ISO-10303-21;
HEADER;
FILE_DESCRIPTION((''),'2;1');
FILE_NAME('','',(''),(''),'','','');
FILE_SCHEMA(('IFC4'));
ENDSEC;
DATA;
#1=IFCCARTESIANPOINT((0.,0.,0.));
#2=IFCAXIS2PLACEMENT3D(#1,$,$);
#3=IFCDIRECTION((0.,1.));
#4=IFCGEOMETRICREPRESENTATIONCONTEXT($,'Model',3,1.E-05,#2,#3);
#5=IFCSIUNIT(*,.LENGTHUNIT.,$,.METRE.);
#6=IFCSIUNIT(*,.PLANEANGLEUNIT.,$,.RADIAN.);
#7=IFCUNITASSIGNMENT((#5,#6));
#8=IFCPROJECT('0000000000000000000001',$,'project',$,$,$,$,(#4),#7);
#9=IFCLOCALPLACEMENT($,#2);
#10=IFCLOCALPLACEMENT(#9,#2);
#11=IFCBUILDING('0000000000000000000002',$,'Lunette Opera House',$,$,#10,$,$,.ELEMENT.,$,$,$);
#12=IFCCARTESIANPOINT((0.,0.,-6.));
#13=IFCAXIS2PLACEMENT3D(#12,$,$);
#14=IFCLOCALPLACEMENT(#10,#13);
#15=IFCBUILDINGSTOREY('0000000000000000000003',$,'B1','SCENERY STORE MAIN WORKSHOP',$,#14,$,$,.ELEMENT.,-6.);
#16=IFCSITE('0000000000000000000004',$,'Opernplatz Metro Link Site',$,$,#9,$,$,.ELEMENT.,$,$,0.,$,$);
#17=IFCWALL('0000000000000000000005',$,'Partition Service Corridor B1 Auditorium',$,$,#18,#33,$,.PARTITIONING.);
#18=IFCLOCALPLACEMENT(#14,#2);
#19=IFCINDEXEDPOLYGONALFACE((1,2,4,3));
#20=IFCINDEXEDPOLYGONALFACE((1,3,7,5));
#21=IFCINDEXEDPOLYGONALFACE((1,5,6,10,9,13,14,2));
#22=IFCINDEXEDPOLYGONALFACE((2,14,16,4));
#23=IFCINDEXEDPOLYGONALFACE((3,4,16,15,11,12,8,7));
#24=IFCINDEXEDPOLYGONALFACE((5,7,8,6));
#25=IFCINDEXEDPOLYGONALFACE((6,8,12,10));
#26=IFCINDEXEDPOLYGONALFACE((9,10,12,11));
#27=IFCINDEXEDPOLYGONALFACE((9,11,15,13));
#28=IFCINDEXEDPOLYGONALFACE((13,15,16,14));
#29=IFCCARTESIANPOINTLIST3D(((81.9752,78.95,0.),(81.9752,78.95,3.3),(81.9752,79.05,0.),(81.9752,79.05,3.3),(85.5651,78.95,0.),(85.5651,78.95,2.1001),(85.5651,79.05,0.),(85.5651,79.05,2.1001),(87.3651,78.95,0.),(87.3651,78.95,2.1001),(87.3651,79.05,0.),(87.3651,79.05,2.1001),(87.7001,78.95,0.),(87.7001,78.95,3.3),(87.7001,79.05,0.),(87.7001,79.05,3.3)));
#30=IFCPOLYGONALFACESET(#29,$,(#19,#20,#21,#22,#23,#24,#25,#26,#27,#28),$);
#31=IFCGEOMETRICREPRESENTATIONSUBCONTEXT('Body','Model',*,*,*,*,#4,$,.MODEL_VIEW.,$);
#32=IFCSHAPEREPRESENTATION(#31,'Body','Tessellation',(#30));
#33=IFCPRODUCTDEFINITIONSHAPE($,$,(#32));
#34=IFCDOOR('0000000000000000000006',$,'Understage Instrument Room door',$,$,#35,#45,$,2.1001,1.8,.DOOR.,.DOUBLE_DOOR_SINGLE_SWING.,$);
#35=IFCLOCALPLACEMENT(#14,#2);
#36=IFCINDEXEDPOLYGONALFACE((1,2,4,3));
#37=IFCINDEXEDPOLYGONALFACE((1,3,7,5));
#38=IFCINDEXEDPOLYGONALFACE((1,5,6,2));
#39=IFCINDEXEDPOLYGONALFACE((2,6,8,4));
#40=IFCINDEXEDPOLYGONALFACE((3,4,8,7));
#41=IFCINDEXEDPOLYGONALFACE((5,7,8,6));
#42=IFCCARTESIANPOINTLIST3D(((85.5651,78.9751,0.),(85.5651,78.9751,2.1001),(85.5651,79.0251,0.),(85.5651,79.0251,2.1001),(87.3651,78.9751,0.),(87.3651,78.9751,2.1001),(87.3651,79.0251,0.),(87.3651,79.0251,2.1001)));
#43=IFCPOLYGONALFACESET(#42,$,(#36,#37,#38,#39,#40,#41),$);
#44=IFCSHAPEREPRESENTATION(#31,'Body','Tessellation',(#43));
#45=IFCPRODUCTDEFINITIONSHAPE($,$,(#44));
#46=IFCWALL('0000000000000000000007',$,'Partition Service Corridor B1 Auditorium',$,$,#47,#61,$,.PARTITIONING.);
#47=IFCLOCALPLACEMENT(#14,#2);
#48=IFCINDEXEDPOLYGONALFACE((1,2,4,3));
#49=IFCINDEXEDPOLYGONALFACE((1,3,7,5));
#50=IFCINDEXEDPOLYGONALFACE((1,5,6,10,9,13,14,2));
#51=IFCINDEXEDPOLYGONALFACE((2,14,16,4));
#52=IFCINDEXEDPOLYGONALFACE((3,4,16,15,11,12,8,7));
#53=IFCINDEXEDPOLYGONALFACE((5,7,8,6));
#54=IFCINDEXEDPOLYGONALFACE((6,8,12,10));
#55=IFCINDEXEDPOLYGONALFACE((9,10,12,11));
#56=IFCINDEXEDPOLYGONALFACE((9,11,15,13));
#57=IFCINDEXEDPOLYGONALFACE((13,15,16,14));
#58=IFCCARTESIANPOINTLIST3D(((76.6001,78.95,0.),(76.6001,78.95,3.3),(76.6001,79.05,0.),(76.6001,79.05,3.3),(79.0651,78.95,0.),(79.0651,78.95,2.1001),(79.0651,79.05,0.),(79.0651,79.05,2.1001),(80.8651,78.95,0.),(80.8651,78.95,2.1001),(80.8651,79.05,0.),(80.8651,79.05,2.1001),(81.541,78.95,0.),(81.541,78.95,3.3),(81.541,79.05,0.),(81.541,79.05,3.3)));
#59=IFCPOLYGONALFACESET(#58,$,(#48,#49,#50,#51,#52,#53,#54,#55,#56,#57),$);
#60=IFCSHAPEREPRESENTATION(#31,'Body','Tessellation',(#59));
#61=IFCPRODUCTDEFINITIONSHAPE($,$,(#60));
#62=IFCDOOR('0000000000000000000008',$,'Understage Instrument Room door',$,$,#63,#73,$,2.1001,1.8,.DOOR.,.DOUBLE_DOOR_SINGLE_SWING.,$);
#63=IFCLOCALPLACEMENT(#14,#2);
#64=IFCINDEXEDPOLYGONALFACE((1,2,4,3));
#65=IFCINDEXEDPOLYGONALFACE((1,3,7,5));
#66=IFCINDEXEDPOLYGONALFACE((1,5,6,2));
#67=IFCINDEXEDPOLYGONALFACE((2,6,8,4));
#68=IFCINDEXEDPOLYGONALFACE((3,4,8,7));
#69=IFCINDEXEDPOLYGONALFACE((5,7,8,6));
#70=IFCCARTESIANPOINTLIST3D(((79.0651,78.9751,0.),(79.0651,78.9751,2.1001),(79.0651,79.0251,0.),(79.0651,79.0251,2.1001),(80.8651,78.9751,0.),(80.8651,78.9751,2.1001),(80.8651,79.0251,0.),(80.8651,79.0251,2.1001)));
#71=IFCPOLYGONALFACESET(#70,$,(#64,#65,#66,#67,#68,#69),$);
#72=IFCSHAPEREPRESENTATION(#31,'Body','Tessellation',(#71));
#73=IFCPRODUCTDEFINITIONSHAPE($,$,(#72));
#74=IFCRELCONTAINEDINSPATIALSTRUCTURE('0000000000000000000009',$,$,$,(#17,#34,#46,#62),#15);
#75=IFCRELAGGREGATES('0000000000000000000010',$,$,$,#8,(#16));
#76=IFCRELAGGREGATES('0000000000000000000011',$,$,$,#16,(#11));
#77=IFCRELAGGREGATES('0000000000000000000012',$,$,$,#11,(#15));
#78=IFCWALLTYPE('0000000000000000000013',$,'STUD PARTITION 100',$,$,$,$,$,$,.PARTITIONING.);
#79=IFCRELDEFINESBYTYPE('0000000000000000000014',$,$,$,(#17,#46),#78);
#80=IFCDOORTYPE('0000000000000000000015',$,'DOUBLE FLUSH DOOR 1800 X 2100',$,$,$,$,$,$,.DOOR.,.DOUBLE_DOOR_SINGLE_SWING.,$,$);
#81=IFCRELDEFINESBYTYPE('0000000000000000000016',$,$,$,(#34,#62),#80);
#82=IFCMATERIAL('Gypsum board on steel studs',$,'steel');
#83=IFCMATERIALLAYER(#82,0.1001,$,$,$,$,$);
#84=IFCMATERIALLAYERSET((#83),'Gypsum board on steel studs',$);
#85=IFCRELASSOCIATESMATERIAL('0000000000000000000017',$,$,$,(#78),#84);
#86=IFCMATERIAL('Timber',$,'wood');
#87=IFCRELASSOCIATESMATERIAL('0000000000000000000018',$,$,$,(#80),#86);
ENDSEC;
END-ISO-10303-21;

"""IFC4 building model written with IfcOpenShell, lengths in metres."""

from ifc_helpers import new_model, si_unit, direction, frame, frame_2d, origin, place, context, subcontext, project, spatial, rectangle, extrude, material, layer, layer_set, type_object, element, fill, save


model = new_model("IFC4")

# Units and contexts
model_context = context("Model", 3, precision=1e-05, world=origin(), true_north=direction((0.0, 1.0)))
body_context = subcontext(model_context, "Body", "Model", "MODEL_VIEW")
ifc_project = project(units=[si_unit("LENGTHUNIT", "METRE"), si_unit("PLANEANGLEUNIT", "RADIAN")], contexts=[model_context])

# Site, building, storey
site_placement = place(None, origin())
site = spatial("IfcSite", under=ifc_project, at=site_placement, Name="Opernplatz Metro Link Site", CompositionType="ELEMENT", RefElevation=0.0)
building_placement = place(site_placement, origin())
building = spatial("IfcBuilding", under=site, at=building_placement, Name="Lunette Opera House", CompositionType="ELEMENT")
storey_placement = place(building_placement, frame((0.0, 0.0, -6.0)))
storey = spatial("IfcBuildingStorey", under=building, at=storey_placement, Name="B1", Description="SCENERY STORE MAIN WORKSHOP", CompositionType="ELEMENT", Elevation=-6.0)

# Walls, openings, doors
ifc_material_1 = material(Name="Gypsum board on steel studs", Category="steel")
ifc_layer_1 = layer(ifc_material_1, 0.1001)
ifc_layer_set_1 = layer_set([ifc_layer_1], Name="Gypsum board on steel studs")
wall_type_1 = type_object("IfcWallType", Name="STUD PARTITION 100", PredefinedType="PARTITIONING", material=ifc_layer_set_1)
wall_1_placement = place(storey_placement, frame((87.7, 79.0, 0.0), z_axis=(0.0, 0.0, 1.0), x_axis=(-1.0, 0.0, 0.0)))
wall_1 = element("IfcWall", 1, at=wall_1_placement, inside=storey, type_object=wall_type_1, Name="Partition Service Corridor B1 Auditorium", PredefinedType="PARTITIONING", context=body_context, shape_type="SweptSolid", body=[
    extrude(rectangle(XDim=5.7249, YDim=0.1001, at=frame_2d((2.8623, 0.0))), origin(), (0.0, 0.0, 1.0), 3.3),
])
opening_1_placement = place(wall_1_placement, frame((0.335, 0.0, 0.0)))
opening_1 = element("IfcOpeningElement", 2, at=opening_1_placement, cuts=wall_1, PredefinedType="OPENING", context=body_context, shape_type="SweptSolid", body=[
    extrude(rectangle(XDim=1.8, YDim=2.1001, at=frame_2d((0.8999, 1.05))), frame((0.0, 0.062, 0.0), z_axis=(0.0, -1.0, 0.0), x_axis=(1.0, 0.0, 0.0)), (0.0, 0.0, 1.0), 0.124),
])
ifc_material_2 = material(Name="Timber", Category="wood")
door_type = type_object("IfcDoorType", Name="DOUBLE FLUSH DOOR 1800 X 2100", OperationType="DOUBLE_DOOR_SINGLE_SWING", PredefinedType="DOOR", material=ifc_material_2)
door_1_placement = place(opening_1_placement, origin())
door_1 = element("IfcDoor", 3, at=door_1_placement, inside=storey, type_object=door_type, Name="Understage Instrument Room door", OperationType="DOUBLE_DOOR_SINGLE_SWING", OverallHeight=2.1001, OverallWidth=1.8, PredefinedType="DOOR", context=body_context, shape_type="SweptSolid", body=[
    extrude(rectangle(XDim=1.8, YDim=2.1001, at=frame_2d((0.8999, 1.05))), frame((0.0, 0.0249, 0.0), z_axis=(0.0, -1.0, 0.0), x_axis=(1.0, 0.0, 0.0)), (0.0, 0.0, 1.0), 0.05),
])
fill(opening_1, door_1)
wall_2_placement = place(storey_placement, frame((81.541, 79.0, 0.0), z_axis=(0.0, 0.0, 1.0), x_axis=(-1.0, 0.0, 0.0)))
wall_2 = element("IfcWall", 4, at=wall_2_placement, inside=storey, type_object=wall_type_1, Name="Partition Service Corridor B1 Auditorium", PredefinedType="PARTITIONING", context=body_context, shape_type="SweptSolid", body=[
    extrude(rectangle(XDim=4.9409, YDim=0.1001, at=frame_2d((2.4705, 0.0))), origin(), (0.0, 0.0, 1.0), 3.3),
])
opening_2_placement = place(wall_2_placement, frame((0.676, 0.0, 0.0)))
opening_2 = element("IfcOpeningElement", 5, at=opening_2_placement, cuts=wall_2, PredefinedType="OPENING", context=body_context, shape_type="SweptSolid", body=[
    extrude(rectangle(XDim=1.8, YDim=2.1001, at=frame_2d((0.8999, 1.05))), frame((0.0, 0.062, 0.0), z_axis=(0.0, -1.0, 0.0), x_axis=(1.0, 0.0, 0.0)), (0.0, 0.0, 1.0), 0.124),
])
door_2_placement = place(opening_2_placement, origin())
door_2 = element("IfcDoor", 6, at=door_2_placement, inside=storey, type_object=door_type, Name="Understage Instrument Room door", OperationType="DOUBLE_DOOR_SINGLE_SWING", OverallHeight=2.1001, OverallWidth=1.8, PredefinedType="DOOR", context=body_context, shape_type="SweptSolid", body=[
    extrude(rectangle(XDim=1.8, YDim=2.1001, at=frame_2d((0.8999, 1.05))), frame((0.0, 0.0249, 0.0), z_axis=(0.0, -1.0, 0.0), x_axis=(1.0, 0.0, 0.0)), (0.0, 0.0, 1.0), 0.05),
])
fill(opening_2, door_2)

save(model, "model.ifc")
